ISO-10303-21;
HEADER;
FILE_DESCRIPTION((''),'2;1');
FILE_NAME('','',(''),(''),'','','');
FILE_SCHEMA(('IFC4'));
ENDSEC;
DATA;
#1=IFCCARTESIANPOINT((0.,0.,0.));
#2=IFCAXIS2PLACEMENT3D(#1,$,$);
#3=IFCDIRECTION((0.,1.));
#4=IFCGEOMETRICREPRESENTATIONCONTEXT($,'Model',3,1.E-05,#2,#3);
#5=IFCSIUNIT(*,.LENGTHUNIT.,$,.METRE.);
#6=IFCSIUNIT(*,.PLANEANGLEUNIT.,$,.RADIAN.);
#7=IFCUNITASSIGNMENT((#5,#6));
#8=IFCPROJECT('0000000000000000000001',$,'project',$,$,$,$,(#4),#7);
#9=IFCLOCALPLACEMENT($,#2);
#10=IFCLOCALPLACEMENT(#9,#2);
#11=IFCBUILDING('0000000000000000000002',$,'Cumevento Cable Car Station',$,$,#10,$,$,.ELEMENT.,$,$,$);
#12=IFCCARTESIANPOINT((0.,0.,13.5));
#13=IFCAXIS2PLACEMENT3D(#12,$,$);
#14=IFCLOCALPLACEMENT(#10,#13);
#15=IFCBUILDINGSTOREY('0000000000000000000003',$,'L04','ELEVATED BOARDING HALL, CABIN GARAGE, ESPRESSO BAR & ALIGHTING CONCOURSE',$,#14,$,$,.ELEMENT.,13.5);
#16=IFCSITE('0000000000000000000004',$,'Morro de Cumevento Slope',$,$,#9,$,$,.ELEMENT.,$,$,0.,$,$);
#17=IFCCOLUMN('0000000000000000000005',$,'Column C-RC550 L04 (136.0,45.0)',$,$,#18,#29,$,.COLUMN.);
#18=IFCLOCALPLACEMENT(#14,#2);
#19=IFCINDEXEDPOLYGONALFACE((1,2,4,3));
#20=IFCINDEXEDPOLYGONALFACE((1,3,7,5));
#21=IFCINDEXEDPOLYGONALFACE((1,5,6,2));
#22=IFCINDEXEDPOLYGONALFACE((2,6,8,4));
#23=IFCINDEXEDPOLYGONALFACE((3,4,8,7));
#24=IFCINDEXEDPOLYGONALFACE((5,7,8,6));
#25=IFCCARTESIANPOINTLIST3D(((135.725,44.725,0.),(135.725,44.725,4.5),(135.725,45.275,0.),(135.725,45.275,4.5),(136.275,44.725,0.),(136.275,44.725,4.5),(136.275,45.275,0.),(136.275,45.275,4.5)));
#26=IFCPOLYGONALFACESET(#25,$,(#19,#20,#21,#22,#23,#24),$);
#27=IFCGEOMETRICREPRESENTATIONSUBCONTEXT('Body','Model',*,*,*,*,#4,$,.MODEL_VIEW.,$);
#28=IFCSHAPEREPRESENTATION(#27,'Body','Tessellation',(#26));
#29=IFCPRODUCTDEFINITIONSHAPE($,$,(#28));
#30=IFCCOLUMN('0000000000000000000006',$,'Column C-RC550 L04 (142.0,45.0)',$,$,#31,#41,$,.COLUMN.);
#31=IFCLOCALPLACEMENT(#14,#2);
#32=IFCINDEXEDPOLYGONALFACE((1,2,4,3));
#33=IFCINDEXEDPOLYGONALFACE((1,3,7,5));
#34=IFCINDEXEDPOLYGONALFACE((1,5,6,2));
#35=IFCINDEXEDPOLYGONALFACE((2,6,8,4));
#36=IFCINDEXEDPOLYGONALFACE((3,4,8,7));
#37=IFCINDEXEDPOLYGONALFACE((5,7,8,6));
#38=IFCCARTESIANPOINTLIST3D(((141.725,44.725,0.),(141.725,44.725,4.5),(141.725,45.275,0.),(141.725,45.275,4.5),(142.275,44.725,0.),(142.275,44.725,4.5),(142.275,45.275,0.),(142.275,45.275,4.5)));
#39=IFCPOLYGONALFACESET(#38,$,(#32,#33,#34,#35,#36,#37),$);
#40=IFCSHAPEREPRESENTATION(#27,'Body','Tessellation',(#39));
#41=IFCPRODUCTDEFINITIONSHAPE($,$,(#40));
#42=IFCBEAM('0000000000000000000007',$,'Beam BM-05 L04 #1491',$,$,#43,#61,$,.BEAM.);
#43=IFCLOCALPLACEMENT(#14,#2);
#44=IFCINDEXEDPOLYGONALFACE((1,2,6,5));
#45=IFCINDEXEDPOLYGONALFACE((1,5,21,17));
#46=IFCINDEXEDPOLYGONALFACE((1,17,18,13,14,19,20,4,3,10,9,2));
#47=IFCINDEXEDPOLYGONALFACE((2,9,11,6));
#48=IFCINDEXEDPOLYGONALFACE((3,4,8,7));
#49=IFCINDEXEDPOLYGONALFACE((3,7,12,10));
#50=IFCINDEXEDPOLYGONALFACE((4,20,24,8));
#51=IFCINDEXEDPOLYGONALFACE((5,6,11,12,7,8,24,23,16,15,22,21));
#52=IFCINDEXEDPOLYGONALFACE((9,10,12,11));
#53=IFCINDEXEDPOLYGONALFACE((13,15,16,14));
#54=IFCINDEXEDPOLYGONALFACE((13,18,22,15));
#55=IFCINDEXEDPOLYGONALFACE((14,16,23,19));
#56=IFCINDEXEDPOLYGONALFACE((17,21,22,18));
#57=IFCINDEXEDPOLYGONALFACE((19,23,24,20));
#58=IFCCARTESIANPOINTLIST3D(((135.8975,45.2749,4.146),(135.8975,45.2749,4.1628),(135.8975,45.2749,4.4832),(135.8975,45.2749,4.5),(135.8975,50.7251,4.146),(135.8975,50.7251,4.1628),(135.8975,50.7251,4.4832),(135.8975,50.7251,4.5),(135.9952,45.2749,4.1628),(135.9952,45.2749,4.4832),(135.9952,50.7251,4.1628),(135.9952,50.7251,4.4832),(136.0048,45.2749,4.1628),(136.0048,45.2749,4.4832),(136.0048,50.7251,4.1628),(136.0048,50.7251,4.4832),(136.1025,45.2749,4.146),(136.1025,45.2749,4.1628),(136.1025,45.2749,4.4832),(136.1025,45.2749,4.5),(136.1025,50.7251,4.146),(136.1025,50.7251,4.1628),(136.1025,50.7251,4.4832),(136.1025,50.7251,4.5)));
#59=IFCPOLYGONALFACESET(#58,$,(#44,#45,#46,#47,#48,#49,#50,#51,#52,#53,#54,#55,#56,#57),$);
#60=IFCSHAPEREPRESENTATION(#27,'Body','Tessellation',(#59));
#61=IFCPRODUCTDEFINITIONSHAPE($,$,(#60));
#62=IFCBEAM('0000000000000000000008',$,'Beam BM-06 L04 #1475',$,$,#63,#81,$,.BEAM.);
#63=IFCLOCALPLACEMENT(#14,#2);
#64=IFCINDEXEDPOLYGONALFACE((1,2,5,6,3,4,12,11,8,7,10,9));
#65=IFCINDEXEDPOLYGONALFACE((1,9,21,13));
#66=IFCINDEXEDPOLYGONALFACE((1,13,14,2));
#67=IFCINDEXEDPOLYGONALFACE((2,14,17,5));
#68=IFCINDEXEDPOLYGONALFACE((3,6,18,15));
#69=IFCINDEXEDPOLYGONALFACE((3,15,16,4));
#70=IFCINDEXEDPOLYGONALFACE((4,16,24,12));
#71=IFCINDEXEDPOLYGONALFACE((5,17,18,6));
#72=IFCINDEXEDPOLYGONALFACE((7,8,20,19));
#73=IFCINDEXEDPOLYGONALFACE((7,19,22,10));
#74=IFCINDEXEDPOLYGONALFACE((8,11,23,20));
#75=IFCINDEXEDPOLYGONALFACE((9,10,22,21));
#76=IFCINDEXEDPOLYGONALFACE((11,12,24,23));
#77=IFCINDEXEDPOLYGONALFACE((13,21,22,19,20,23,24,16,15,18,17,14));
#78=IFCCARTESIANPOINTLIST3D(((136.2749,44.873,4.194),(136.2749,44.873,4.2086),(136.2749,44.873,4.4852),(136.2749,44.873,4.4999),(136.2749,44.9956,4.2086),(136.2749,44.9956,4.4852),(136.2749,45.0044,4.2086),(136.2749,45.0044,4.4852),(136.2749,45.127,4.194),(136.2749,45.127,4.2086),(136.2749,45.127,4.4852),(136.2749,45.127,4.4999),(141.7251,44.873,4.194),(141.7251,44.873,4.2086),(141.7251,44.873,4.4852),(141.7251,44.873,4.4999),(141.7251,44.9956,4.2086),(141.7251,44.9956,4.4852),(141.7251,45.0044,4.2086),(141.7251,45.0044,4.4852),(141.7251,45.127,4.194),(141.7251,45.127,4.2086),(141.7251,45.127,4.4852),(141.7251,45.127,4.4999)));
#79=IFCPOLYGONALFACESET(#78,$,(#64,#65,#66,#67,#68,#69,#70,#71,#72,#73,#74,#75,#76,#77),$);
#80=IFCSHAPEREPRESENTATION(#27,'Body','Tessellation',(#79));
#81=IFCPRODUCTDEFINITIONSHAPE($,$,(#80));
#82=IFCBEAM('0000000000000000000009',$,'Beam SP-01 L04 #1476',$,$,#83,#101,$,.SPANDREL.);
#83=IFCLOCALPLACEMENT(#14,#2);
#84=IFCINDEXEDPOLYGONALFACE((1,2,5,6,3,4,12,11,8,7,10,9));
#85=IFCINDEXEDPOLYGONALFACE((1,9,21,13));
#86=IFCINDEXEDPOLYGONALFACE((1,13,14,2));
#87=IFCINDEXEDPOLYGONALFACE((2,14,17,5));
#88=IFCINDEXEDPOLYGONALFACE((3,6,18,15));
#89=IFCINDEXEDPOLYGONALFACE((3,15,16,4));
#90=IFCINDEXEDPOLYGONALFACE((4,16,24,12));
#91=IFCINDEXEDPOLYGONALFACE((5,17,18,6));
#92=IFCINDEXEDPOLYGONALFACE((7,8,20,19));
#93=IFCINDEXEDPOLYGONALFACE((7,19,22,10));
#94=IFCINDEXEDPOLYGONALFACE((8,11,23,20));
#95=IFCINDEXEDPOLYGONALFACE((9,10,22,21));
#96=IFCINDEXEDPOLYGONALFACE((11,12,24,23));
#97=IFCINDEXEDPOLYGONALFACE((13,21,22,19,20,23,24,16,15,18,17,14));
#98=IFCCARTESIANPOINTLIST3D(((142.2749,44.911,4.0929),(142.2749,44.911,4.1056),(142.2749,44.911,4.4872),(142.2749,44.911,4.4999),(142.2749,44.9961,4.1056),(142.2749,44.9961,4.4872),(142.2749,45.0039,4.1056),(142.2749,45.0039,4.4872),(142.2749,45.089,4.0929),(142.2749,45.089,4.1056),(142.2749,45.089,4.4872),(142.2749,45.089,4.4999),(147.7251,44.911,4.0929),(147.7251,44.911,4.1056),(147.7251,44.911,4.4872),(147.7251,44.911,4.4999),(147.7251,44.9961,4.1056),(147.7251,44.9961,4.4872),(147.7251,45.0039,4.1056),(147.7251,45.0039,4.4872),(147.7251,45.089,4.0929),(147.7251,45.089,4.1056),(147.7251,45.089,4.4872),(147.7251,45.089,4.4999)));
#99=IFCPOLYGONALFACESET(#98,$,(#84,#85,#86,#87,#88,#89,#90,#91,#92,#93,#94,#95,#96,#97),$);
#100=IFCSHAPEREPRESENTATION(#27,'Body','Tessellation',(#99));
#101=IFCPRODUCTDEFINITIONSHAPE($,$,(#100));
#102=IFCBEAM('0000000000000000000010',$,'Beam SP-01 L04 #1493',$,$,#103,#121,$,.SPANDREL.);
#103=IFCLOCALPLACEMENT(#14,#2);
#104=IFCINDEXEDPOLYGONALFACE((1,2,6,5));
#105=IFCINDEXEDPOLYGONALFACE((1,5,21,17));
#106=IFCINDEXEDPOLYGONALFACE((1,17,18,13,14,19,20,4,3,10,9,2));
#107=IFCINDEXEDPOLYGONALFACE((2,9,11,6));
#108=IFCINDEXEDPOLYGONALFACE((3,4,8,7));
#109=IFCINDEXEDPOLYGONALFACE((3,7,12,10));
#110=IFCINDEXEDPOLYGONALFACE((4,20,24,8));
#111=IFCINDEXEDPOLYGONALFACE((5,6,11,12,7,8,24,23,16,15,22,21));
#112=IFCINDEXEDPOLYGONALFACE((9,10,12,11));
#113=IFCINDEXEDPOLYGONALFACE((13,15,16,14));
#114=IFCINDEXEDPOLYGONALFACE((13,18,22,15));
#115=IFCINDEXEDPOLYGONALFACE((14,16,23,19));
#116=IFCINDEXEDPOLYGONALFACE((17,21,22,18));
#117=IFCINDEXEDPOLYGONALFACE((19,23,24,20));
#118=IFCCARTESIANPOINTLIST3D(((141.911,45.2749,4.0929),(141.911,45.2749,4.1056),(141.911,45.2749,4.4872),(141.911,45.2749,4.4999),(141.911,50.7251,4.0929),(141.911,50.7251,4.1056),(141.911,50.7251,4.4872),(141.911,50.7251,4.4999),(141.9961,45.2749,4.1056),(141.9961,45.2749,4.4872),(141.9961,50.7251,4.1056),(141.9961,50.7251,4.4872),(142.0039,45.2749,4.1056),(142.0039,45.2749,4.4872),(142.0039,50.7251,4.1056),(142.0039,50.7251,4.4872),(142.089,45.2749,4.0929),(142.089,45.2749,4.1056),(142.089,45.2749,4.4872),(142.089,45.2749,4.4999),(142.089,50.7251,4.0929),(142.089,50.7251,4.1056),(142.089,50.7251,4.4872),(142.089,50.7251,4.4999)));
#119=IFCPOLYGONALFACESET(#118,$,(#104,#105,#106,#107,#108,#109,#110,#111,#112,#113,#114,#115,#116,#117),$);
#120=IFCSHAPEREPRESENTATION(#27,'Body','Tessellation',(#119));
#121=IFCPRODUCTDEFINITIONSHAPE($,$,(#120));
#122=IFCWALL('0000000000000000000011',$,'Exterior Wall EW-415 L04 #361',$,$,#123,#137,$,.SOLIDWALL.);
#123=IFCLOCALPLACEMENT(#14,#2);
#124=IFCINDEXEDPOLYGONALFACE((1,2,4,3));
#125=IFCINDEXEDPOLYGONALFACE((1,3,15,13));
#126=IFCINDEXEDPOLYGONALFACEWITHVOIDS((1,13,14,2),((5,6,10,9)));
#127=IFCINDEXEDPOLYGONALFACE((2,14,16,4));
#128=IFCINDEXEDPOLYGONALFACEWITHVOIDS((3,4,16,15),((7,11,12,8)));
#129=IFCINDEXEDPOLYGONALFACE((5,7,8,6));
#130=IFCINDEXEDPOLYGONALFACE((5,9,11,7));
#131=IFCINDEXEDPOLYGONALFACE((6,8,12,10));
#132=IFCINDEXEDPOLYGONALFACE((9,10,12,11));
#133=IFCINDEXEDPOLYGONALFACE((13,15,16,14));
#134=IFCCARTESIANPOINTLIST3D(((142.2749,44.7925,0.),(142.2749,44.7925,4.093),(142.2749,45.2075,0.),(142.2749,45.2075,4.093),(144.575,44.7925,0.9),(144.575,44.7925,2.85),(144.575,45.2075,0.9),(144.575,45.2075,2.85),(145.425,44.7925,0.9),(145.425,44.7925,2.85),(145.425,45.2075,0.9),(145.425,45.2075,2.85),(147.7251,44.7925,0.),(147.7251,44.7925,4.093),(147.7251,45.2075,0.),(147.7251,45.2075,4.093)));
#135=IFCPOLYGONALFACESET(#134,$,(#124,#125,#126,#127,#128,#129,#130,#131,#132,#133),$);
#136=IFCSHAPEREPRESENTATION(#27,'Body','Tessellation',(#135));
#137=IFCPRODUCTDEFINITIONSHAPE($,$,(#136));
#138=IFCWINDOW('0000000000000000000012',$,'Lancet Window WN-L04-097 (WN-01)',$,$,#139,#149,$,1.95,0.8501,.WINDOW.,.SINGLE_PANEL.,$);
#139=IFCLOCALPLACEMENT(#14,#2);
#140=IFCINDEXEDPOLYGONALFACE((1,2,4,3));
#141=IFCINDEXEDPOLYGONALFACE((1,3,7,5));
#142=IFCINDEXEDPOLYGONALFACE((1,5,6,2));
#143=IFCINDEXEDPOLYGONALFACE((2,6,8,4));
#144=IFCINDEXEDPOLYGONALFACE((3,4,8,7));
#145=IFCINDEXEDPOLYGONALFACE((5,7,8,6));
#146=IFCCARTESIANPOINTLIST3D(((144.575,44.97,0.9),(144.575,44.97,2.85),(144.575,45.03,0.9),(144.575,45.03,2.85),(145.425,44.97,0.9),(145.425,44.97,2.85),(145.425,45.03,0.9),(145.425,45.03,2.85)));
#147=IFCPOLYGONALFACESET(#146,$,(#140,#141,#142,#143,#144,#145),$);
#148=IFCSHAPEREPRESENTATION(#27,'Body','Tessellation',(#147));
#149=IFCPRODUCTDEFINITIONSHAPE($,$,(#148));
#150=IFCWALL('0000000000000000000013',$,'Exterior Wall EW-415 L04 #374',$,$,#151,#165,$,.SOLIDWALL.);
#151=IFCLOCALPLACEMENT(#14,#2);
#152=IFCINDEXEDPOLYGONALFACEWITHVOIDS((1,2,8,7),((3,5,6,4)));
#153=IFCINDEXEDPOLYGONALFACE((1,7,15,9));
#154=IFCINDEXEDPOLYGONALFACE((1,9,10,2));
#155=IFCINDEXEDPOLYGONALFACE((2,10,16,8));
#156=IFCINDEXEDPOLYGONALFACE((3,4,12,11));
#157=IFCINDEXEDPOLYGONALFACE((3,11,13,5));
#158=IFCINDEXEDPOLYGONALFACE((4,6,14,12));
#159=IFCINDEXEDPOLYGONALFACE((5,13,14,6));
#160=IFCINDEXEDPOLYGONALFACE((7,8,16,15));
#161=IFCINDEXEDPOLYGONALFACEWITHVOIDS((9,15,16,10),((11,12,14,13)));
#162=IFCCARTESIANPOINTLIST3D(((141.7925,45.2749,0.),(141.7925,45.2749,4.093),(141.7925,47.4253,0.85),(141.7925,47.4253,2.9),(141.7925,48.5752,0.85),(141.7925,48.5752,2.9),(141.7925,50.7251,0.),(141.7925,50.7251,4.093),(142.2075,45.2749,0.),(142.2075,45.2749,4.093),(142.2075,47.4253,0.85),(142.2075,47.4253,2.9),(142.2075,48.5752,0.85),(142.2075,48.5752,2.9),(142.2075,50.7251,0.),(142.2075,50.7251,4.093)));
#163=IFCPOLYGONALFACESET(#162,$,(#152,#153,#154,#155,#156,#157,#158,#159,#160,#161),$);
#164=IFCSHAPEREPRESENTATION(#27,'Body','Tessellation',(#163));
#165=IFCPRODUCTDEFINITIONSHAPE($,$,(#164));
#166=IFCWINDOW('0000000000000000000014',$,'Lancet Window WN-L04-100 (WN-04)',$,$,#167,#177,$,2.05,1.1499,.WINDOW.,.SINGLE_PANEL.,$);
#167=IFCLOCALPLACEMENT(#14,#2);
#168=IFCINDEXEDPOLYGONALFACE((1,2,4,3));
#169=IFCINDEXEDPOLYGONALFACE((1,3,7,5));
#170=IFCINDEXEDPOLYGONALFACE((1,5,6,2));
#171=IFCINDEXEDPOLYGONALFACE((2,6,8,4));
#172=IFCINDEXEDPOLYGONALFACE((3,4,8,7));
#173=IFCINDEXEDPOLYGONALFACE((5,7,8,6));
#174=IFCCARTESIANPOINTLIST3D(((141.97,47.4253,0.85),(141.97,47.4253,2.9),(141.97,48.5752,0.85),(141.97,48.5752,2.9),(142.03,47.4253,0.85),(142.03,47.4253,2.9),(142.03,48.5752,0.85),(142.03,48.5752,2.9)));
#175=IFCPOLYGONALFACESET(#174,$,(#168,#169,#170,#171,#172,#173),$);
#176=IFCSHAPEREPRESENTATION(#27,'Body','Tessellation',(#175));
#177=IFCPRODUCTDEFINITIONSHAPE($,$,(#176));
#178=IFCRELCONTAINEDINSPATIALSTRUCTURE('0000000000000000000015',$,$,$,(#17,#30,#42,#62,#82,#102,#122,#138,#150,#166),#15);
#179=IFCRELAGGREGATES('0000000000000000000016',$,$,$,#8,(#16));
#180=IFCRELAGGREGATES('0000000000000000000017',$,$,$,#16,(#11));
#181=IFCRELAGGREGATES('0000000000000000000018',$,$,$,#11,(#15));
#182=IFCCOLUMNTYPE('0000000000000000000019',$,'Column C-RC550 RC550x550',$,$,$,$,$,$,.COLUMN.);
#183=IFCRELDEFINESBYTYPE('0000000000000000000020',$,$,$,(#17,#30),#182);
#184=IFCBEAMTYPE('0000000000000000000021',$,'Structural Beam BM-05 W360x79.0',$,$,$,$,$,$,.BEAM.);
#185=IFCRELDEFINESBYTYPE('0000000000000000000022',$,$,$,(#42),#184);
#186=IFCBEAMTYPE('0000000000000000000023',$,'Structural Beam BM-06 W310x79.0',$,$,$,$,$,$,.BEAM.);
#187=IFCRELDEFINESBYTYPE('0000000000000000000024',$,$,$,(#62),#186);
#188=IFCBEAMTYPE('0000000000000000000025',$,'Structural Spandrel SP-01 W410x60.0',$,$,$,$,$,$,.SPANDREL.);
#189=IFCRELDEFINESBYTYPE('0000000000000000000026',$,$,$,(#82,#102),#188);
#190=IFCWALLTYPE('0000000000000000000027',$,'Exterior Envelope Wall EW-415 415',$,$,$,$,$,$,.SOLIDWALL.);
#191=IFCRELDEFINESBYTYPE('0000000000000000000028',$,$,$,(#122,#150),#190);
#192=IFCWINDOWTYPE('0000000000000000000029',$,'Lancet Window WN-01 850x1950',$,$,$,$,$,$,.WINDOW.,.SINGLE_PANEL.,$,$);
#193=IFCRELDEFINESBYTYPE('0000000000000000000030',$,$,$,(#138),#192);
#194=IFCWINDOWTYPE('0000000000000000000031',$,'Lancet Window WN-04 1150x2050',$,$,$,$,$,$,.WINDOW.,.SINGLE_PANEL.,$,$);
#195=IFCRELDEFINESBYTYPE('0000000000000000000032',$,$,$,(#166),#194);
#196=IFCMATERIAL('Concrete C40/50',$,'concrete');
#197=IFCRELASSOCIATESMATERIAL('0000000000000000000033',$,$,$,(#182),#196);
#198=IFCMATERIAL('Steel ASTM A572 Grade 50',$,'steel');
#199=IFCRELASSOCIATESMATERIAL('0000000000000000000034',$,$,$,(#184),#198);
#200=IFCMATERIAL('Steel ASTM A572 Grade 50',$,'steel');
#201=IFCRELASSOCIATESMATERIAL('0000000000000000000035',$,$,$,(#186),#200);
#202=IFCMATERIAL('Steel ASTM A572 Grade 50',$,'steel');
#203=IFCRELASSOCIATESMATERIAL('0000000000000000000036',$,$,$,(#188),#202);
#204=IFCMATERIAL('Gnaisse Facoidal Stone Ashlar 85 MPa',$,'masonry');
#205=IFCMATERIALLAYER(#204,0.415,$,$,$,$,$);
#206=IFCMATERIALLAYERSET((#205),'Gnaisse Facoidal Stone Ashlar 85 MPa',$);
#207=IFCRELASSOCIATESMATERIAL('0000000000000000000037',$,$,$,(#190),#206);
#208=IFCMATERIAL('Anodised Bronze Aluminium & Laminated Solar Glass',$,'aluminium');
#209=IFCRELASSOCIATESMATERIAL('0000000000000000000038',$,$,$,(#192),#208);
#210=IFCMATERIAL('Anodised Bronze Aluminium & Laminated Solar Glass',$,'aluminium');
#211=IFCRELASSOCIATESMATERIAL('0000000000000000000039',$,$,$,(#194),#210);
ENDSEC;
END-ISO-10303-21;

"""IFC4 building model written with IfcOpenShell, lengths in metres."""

from ifc_helpers import new_model, si_unit, direction, frame, frame_2d, origin, origin_2d, place, context, subcontext, project, spatial, rectangle, i_section, extrude, material, layer, layer_set, material_profile, profile_set, type_object, element, fill, save


model = new_model("IFC4")

# Units and contexts
model_context = context("Model", 3, precision=1e-05, world=origin(), true_north=direction((0.0, 1.0)))
body_context = subcontext(model_context, "Body", "Model", "MODEL_VIEW")
ifc_project = project(units=[si_unit("LENGTHUNIT", "METRE"), si_unit("PLANEANGLEUNIT", "RADIAN")], contexts=[model_context])

# Site, building, storey
site_placement = place(None, origin())
site = spatial("IfcSite", under=ifc_project, at=site_placement, Name="Morro de Cumevento Slope", CompositionType="ELEMENT", RefElevation=0.0)
building_placement = place(site_placement, origin())
building = spatial("IfcBuilding", under=site, at=building_placement, Name="Cumevento Cable Car Station", CompositionType="ELEMENT")
storey_placement = place(building_placement, frame((0.0, 0.0, 13.5)))
storey = spatial("IfcBuildingStorey", under=building, at=storey_placement, Name="L04", Description="ELEVATED BOARDING HALL, CABIN GARAGE, ESPRESSO BAR & ALIGHTING CONCOURSE", CompositionType="ELEMENT", Elevation=13.5)

# Columns
ifc_material_1 = material(Name="Concrete C40/50", Category="concrete")
ifc_material_profile_1 = material_profile(ifc_material_1, rectangle(XDim=0.55, YDim=0.55, at=origin_2d()), Name="RC550x550")
ifc_profile_set_1 = profile_set([ifc_material_profile_1], Name="Concrete C40/50")
column_type = type_object("IfcColumnType", Name="Column C-RC550 RC550x550", PredefinedType="COLUMN", material=ifc_profile_set_1)
for number, where, z_axis, x_axis, name in (
    (1, (136.0, 45.0, 0.0), (0.0, 0.0, 1.0), (1.0, 0.0, 0.0), "Column C-RC550 L04 (136.0,45.0)"),
    (2, (142.0, 45.0, 0.0), (0.0, 0.0, 1.0), (1.0, 0.0, 0.0), "Column C-RC550 L04 (142.0,45.0)"),
):
    element("IfcColumn", number, at=place(storey_placement, frame(where, z_axis=z_axis, x_axis=x_axis)), inside=storey, type_object=column_type, Name=name, PredefinedType="COLUMN", context=body_context, shape_type="SweptSolid", body=[
        extrude(rectangle(XDim=0.55, YDim=0.55, at=origin_2d()), origin(), (0.0, 0.0, 1.0), 4.5),
    ])

# Beams
ifc_material_2 = material(Name="Steel ASTM A572 Grade 50", Category="steel")
ifc_material_profile_2 = material_profile(ifc_material_2, i_section(OverallWidth=0.2051, OverallDepth=0.354, WebThickness=0.0095, FlangeThickness=0.0168, at=origin_2d()), Name="W360x79.0")
ifc_profile_set_2 = profile_set([ifc_material_profile_2], Name="Steel ASTM A572 Grade 50")
beam_type_1 = type_object("IfcBeamType", Name="Structural Beam BM-05 W360x79.0", PredefinedType="BEAM", material=ifc_profile_set_2)
beam_1_placement = place(storey_placement, frame((136.0, 45.2749, 4.323), z_axis=(0.0, 1.0, 0.0), x_axis=(-1.0, 0.0, 0.0)))
element("IfcBeam", 3, at=beam_1_placement, inside=storey, type_object=beam_type_1, Name="Beam BM-05 L04 #1491", PredefinedType="BEAM", context=body_context, shape_type="SweptSolid", body=[
    extrude(i_section(OverallWidth=0.2051, OverallDepth=0.354, WebThickness=0.0095, FlangeThickness=0.0168, at=origin_2d()), origin(), (0.0, 0.0, 1.0), 5.4502),
])
ifc_material_3 = material(Name="Steel ASTM A572 Grade 50", Category="steel")
ifc_material_profile_3 = material_profile(ifc_material_3, i_section(OverallWidth=0.2539, OverallDepth=0.3059, WebThickness=0.0088, FlangeThickness=0.0146, at=origin_2d()), Name="W310x79.0")
ifc_profile_set_3 = profile_set([ifc_material_profile_3], Name="Steel ASTM A572 Grade 50")
beam_type_2 = type_object("IfcBeamType", Name="Structural Beam BM-06 W310x79.0", PredefinedType="BEAM", material=ifc_profile_set_3)
beam_2_placement = place(storey_placement, frame((136.2749, 45.0, 4.3469), z_axis=(1.0, 0.0, 0.0), x_axis=(0.0, 1.0, 0.0)))
element("IfcBeam", 4, at=beam_2_placement, inside=storey, type_object=beam_type_2, Name="Beam BM-06 L04 #1475", PredefinedType="BEAM", context=body_context, shape_type="SweptSolid", body=[
    extrude(i_section(OverallWidth=0.2539, OverallDepth=0.3059, WebThickness=0.0088, FlangeThickness=0.0146, at=origin_2d()), origin(), (0.0, 0.0, 1.0), 5.4502),
])
ifc_material_4 = material(Name="Steel ASTM A572 Grade 50", Category="steel")
ifc_material_profile_4 = material_profile(ifc_material_4, i_section(OverallWidth=0.178, OverallDepth=0.407, WebThickness=0.0078, FlangeThickness=0.0127, at=origin_2d()), Name="W410x60.0")
ifc_profile_set_4 = profile_set([ifc_material_profile_4], Name="Steel ASTM A572 Grade 50")
beam_type_3 = type_object("IfcBeamType", Name="Structural Spandrel SP-01 W410x60.0", PredefinedType="SPANDREL", material=ifc_profile_set_4)
for number, where, z_axis, x_axis, name in (
    (5, (142.2749, 45.0, 4.2964), (1.0, 0.0, 0.0), (0.0, 1.0, 0.0), "Beam SP-01 L04 #1476"),
    (6, (142.0, 45.2749, 4.2964), (0.0, 1.0, 0.0), (-1.0, 0.0, 0.0), "Beam SP-01 L04 #1493"),
):
    element("IfcBeam", number, at=place(storey_placement, frame(where, z_axis=z_axis, x_axis=x_axis)), inside=storey, type_object=beam_type_3, Name=name, PredefinedType="SPANDREL", context=body_context, shape_type="SweptSolid", body=[
        extrude(i_section(OverallWidth=0.178, OverallDepth=0.407, WebThickness=0.0078, FlangeThickness=0.0127, at=origin_2d()), origin(), (0.0, 0.0, 1.0), 5.4502),
    ])

# Walls, openings, windows
ifc_material_5 = material(Name="Gnaisse Facoidal Stone Ashlar 85 MPa", Category="masonry")
ifc_layer_1 = layer(ifc_material_5, 0.415)
ifc_layer_set_1 = layer_set([ifc_layer_1], Name="Gnaisse Facoidal Stone Ashlar 85 MPa")
wall_type_1 = type_object("IfcWallType", Name="Exterior Envelope Wall EW-415 415", PredefinedType="SOLIDWALL", material=ifc_layer_set_1)
wall_1_placement = place(storey_placement, frame((142.2749, 45.0, 0.0), z_axis=(0.0, 0.0, 1.0), x_axis=(1.0, 0.0, 0.0)))
wall_1 = element("IfcWall", 7, at=wall_1_placement, inside=storey, type_object=wall_type_1, Name="Exterior Wall EW-415 L04 #361", PredefinedType="SOLIDWALL", context=body_context, shape_type="SweptSolid", body=[
    extrude(rectangle(XDim=5.4502, YDim=0.415, at=frame_2d((2.7251, 0.0))), origin(), (0.0, 0.0, 1.0), 4.093),
])
opening_1_placement = place(wall_1_placement, frame((2.3, 0.0, 0.8999)))
opening_1 = element("IfcOpeningElement", 8, at=opening_1_placement, cuts=wall_1, PredefinedType="OPENING", context=body_context, shape_type="SweptSolid", body=[
    extrude(rectangle(XDim=0.8501, YDim=1.95, at=frame_2d((0.425, 0.9751))), frame((0.0, 0.2175, 0.0), z_axis=(0.0, -1.0, 0.0), x_axis=(1.0, 0.0, 0.0)), (0.0, 0.0, 1.0), 0.4351),
])
ifc_material_6 = material(Name="Anodised Bronze Aluminium & Laminated Solar Glass", Category="aluminium")
window_type_1 = type_object("IfcWindowType", Name="Lancet Window WN-01 850x1950", PartitioningType="SINGLE_PANEL", PredefinedType="WINDOW", material=ifc_material_6)
window_1_placement = place(opening_1_placement, origin())
window_1 = element("IfcWindow", 9, at=window_1_placement, inside=storey, type_object=window_type_1, Name="Lancet Window WN-L04-097 (WN-01)", OverallHeight=1.95, OverallWidth=0.8501, PartitioningType="SINGLE_PANEL", PredefinedType="WINDOW", context=body_context, shape_type="SweptSolid", body=[
    extrude(rectangle(XDim=0.8501, YDim=1.95, at=frame_2d((0.425, 0.9751))), frame((0.0, 0.03, 0.0), z_axis=(0.0, -1.0, 0.0), x_axis=(1.0, 0.0, 0.0)), (0.0, 0.0, 1.0), 0.0601),
])
fill(opening_1, window_1)
wall_2_placement = place(storey_placement, frame((142.0, 50.7251, 0.0), z_axis=(0.0, 0.0, 1.0), x_axis=(0.0, -1.0, 0.0)))
wall_2 = element("IfcWall", 10, at=wall_2_placement, inside=storey, type_object=wall_type_1, Name="Exterior Wall EW-415 L04 #374", PredefinedType="SOLIDWALL", context=body_context, shape_type="SweptSolid", body=[
    extrude(rectangle(XDim=5.4502, YDim=0.415, at=frame_2d((2.7251, 0.0))), origin(), (0.0, 0.0, 1.0), 4.093),
])
opening_2_placement = place(wall_2_placement, frame((2.1499, 0.0, 0.8501)))
opening_2 = element("IfcOpeningElement", 11, at=opening_2_placement, cuts=wall_2, PredefinedType="OPENING", context=body_context, shape_type="SweptSolid", body=[
    extrude(rectangle(XDim=1.1499, YDim=2.05, at=frame_2d((0.575, 1.0249))), frame((0.0, 0.2175, 0.0), z_axis=(0.0, -1.0, 0.0), x_axis=(1.0, 0.0, 0.0)), (0.0, 0.0, 1.0), 0.4351),
])
ifc_material_7 = material(Name="Anodised Bronze Aluminium & Laminated Solar Glass", Category="aluminium")
window_type_2 = type_object("IfcWindowType", Name="Lancet Window WN-04 1150x2050", PartitioningType="SINGLE_PANEL", PredefinedType="WINDOW", material=ifc_material_7)
window_2_placement = place(opening_2_placement, origin())
window_2 = element("IfcWindow", 12, at=window_2_placement, inside=storey, type_object=window_type_2, Name="Lancet Window WN-L04-100 (WN-04)", OverallHeight=2.05, OverallWidth=1.1499, PartitioningType="SINGLE_PANEL", PredefinedType="WINDOW", context=body_context, shape_type="SweptSolid", body=[
    extrude(rectangle(XDim=1.1499, YDim=2.05, at=frame_2d((0.575, 1.0249))), frame((0.0, 0.03, 0.0), z_axis=(0.0, -1.0, 0.0), x_axis=(1.0, 0.0, 0.0)), (0.0, 0.0, 1.0), 0.0601),
])
fill(opening_2, window_2)

save(model, "model.ifc")
